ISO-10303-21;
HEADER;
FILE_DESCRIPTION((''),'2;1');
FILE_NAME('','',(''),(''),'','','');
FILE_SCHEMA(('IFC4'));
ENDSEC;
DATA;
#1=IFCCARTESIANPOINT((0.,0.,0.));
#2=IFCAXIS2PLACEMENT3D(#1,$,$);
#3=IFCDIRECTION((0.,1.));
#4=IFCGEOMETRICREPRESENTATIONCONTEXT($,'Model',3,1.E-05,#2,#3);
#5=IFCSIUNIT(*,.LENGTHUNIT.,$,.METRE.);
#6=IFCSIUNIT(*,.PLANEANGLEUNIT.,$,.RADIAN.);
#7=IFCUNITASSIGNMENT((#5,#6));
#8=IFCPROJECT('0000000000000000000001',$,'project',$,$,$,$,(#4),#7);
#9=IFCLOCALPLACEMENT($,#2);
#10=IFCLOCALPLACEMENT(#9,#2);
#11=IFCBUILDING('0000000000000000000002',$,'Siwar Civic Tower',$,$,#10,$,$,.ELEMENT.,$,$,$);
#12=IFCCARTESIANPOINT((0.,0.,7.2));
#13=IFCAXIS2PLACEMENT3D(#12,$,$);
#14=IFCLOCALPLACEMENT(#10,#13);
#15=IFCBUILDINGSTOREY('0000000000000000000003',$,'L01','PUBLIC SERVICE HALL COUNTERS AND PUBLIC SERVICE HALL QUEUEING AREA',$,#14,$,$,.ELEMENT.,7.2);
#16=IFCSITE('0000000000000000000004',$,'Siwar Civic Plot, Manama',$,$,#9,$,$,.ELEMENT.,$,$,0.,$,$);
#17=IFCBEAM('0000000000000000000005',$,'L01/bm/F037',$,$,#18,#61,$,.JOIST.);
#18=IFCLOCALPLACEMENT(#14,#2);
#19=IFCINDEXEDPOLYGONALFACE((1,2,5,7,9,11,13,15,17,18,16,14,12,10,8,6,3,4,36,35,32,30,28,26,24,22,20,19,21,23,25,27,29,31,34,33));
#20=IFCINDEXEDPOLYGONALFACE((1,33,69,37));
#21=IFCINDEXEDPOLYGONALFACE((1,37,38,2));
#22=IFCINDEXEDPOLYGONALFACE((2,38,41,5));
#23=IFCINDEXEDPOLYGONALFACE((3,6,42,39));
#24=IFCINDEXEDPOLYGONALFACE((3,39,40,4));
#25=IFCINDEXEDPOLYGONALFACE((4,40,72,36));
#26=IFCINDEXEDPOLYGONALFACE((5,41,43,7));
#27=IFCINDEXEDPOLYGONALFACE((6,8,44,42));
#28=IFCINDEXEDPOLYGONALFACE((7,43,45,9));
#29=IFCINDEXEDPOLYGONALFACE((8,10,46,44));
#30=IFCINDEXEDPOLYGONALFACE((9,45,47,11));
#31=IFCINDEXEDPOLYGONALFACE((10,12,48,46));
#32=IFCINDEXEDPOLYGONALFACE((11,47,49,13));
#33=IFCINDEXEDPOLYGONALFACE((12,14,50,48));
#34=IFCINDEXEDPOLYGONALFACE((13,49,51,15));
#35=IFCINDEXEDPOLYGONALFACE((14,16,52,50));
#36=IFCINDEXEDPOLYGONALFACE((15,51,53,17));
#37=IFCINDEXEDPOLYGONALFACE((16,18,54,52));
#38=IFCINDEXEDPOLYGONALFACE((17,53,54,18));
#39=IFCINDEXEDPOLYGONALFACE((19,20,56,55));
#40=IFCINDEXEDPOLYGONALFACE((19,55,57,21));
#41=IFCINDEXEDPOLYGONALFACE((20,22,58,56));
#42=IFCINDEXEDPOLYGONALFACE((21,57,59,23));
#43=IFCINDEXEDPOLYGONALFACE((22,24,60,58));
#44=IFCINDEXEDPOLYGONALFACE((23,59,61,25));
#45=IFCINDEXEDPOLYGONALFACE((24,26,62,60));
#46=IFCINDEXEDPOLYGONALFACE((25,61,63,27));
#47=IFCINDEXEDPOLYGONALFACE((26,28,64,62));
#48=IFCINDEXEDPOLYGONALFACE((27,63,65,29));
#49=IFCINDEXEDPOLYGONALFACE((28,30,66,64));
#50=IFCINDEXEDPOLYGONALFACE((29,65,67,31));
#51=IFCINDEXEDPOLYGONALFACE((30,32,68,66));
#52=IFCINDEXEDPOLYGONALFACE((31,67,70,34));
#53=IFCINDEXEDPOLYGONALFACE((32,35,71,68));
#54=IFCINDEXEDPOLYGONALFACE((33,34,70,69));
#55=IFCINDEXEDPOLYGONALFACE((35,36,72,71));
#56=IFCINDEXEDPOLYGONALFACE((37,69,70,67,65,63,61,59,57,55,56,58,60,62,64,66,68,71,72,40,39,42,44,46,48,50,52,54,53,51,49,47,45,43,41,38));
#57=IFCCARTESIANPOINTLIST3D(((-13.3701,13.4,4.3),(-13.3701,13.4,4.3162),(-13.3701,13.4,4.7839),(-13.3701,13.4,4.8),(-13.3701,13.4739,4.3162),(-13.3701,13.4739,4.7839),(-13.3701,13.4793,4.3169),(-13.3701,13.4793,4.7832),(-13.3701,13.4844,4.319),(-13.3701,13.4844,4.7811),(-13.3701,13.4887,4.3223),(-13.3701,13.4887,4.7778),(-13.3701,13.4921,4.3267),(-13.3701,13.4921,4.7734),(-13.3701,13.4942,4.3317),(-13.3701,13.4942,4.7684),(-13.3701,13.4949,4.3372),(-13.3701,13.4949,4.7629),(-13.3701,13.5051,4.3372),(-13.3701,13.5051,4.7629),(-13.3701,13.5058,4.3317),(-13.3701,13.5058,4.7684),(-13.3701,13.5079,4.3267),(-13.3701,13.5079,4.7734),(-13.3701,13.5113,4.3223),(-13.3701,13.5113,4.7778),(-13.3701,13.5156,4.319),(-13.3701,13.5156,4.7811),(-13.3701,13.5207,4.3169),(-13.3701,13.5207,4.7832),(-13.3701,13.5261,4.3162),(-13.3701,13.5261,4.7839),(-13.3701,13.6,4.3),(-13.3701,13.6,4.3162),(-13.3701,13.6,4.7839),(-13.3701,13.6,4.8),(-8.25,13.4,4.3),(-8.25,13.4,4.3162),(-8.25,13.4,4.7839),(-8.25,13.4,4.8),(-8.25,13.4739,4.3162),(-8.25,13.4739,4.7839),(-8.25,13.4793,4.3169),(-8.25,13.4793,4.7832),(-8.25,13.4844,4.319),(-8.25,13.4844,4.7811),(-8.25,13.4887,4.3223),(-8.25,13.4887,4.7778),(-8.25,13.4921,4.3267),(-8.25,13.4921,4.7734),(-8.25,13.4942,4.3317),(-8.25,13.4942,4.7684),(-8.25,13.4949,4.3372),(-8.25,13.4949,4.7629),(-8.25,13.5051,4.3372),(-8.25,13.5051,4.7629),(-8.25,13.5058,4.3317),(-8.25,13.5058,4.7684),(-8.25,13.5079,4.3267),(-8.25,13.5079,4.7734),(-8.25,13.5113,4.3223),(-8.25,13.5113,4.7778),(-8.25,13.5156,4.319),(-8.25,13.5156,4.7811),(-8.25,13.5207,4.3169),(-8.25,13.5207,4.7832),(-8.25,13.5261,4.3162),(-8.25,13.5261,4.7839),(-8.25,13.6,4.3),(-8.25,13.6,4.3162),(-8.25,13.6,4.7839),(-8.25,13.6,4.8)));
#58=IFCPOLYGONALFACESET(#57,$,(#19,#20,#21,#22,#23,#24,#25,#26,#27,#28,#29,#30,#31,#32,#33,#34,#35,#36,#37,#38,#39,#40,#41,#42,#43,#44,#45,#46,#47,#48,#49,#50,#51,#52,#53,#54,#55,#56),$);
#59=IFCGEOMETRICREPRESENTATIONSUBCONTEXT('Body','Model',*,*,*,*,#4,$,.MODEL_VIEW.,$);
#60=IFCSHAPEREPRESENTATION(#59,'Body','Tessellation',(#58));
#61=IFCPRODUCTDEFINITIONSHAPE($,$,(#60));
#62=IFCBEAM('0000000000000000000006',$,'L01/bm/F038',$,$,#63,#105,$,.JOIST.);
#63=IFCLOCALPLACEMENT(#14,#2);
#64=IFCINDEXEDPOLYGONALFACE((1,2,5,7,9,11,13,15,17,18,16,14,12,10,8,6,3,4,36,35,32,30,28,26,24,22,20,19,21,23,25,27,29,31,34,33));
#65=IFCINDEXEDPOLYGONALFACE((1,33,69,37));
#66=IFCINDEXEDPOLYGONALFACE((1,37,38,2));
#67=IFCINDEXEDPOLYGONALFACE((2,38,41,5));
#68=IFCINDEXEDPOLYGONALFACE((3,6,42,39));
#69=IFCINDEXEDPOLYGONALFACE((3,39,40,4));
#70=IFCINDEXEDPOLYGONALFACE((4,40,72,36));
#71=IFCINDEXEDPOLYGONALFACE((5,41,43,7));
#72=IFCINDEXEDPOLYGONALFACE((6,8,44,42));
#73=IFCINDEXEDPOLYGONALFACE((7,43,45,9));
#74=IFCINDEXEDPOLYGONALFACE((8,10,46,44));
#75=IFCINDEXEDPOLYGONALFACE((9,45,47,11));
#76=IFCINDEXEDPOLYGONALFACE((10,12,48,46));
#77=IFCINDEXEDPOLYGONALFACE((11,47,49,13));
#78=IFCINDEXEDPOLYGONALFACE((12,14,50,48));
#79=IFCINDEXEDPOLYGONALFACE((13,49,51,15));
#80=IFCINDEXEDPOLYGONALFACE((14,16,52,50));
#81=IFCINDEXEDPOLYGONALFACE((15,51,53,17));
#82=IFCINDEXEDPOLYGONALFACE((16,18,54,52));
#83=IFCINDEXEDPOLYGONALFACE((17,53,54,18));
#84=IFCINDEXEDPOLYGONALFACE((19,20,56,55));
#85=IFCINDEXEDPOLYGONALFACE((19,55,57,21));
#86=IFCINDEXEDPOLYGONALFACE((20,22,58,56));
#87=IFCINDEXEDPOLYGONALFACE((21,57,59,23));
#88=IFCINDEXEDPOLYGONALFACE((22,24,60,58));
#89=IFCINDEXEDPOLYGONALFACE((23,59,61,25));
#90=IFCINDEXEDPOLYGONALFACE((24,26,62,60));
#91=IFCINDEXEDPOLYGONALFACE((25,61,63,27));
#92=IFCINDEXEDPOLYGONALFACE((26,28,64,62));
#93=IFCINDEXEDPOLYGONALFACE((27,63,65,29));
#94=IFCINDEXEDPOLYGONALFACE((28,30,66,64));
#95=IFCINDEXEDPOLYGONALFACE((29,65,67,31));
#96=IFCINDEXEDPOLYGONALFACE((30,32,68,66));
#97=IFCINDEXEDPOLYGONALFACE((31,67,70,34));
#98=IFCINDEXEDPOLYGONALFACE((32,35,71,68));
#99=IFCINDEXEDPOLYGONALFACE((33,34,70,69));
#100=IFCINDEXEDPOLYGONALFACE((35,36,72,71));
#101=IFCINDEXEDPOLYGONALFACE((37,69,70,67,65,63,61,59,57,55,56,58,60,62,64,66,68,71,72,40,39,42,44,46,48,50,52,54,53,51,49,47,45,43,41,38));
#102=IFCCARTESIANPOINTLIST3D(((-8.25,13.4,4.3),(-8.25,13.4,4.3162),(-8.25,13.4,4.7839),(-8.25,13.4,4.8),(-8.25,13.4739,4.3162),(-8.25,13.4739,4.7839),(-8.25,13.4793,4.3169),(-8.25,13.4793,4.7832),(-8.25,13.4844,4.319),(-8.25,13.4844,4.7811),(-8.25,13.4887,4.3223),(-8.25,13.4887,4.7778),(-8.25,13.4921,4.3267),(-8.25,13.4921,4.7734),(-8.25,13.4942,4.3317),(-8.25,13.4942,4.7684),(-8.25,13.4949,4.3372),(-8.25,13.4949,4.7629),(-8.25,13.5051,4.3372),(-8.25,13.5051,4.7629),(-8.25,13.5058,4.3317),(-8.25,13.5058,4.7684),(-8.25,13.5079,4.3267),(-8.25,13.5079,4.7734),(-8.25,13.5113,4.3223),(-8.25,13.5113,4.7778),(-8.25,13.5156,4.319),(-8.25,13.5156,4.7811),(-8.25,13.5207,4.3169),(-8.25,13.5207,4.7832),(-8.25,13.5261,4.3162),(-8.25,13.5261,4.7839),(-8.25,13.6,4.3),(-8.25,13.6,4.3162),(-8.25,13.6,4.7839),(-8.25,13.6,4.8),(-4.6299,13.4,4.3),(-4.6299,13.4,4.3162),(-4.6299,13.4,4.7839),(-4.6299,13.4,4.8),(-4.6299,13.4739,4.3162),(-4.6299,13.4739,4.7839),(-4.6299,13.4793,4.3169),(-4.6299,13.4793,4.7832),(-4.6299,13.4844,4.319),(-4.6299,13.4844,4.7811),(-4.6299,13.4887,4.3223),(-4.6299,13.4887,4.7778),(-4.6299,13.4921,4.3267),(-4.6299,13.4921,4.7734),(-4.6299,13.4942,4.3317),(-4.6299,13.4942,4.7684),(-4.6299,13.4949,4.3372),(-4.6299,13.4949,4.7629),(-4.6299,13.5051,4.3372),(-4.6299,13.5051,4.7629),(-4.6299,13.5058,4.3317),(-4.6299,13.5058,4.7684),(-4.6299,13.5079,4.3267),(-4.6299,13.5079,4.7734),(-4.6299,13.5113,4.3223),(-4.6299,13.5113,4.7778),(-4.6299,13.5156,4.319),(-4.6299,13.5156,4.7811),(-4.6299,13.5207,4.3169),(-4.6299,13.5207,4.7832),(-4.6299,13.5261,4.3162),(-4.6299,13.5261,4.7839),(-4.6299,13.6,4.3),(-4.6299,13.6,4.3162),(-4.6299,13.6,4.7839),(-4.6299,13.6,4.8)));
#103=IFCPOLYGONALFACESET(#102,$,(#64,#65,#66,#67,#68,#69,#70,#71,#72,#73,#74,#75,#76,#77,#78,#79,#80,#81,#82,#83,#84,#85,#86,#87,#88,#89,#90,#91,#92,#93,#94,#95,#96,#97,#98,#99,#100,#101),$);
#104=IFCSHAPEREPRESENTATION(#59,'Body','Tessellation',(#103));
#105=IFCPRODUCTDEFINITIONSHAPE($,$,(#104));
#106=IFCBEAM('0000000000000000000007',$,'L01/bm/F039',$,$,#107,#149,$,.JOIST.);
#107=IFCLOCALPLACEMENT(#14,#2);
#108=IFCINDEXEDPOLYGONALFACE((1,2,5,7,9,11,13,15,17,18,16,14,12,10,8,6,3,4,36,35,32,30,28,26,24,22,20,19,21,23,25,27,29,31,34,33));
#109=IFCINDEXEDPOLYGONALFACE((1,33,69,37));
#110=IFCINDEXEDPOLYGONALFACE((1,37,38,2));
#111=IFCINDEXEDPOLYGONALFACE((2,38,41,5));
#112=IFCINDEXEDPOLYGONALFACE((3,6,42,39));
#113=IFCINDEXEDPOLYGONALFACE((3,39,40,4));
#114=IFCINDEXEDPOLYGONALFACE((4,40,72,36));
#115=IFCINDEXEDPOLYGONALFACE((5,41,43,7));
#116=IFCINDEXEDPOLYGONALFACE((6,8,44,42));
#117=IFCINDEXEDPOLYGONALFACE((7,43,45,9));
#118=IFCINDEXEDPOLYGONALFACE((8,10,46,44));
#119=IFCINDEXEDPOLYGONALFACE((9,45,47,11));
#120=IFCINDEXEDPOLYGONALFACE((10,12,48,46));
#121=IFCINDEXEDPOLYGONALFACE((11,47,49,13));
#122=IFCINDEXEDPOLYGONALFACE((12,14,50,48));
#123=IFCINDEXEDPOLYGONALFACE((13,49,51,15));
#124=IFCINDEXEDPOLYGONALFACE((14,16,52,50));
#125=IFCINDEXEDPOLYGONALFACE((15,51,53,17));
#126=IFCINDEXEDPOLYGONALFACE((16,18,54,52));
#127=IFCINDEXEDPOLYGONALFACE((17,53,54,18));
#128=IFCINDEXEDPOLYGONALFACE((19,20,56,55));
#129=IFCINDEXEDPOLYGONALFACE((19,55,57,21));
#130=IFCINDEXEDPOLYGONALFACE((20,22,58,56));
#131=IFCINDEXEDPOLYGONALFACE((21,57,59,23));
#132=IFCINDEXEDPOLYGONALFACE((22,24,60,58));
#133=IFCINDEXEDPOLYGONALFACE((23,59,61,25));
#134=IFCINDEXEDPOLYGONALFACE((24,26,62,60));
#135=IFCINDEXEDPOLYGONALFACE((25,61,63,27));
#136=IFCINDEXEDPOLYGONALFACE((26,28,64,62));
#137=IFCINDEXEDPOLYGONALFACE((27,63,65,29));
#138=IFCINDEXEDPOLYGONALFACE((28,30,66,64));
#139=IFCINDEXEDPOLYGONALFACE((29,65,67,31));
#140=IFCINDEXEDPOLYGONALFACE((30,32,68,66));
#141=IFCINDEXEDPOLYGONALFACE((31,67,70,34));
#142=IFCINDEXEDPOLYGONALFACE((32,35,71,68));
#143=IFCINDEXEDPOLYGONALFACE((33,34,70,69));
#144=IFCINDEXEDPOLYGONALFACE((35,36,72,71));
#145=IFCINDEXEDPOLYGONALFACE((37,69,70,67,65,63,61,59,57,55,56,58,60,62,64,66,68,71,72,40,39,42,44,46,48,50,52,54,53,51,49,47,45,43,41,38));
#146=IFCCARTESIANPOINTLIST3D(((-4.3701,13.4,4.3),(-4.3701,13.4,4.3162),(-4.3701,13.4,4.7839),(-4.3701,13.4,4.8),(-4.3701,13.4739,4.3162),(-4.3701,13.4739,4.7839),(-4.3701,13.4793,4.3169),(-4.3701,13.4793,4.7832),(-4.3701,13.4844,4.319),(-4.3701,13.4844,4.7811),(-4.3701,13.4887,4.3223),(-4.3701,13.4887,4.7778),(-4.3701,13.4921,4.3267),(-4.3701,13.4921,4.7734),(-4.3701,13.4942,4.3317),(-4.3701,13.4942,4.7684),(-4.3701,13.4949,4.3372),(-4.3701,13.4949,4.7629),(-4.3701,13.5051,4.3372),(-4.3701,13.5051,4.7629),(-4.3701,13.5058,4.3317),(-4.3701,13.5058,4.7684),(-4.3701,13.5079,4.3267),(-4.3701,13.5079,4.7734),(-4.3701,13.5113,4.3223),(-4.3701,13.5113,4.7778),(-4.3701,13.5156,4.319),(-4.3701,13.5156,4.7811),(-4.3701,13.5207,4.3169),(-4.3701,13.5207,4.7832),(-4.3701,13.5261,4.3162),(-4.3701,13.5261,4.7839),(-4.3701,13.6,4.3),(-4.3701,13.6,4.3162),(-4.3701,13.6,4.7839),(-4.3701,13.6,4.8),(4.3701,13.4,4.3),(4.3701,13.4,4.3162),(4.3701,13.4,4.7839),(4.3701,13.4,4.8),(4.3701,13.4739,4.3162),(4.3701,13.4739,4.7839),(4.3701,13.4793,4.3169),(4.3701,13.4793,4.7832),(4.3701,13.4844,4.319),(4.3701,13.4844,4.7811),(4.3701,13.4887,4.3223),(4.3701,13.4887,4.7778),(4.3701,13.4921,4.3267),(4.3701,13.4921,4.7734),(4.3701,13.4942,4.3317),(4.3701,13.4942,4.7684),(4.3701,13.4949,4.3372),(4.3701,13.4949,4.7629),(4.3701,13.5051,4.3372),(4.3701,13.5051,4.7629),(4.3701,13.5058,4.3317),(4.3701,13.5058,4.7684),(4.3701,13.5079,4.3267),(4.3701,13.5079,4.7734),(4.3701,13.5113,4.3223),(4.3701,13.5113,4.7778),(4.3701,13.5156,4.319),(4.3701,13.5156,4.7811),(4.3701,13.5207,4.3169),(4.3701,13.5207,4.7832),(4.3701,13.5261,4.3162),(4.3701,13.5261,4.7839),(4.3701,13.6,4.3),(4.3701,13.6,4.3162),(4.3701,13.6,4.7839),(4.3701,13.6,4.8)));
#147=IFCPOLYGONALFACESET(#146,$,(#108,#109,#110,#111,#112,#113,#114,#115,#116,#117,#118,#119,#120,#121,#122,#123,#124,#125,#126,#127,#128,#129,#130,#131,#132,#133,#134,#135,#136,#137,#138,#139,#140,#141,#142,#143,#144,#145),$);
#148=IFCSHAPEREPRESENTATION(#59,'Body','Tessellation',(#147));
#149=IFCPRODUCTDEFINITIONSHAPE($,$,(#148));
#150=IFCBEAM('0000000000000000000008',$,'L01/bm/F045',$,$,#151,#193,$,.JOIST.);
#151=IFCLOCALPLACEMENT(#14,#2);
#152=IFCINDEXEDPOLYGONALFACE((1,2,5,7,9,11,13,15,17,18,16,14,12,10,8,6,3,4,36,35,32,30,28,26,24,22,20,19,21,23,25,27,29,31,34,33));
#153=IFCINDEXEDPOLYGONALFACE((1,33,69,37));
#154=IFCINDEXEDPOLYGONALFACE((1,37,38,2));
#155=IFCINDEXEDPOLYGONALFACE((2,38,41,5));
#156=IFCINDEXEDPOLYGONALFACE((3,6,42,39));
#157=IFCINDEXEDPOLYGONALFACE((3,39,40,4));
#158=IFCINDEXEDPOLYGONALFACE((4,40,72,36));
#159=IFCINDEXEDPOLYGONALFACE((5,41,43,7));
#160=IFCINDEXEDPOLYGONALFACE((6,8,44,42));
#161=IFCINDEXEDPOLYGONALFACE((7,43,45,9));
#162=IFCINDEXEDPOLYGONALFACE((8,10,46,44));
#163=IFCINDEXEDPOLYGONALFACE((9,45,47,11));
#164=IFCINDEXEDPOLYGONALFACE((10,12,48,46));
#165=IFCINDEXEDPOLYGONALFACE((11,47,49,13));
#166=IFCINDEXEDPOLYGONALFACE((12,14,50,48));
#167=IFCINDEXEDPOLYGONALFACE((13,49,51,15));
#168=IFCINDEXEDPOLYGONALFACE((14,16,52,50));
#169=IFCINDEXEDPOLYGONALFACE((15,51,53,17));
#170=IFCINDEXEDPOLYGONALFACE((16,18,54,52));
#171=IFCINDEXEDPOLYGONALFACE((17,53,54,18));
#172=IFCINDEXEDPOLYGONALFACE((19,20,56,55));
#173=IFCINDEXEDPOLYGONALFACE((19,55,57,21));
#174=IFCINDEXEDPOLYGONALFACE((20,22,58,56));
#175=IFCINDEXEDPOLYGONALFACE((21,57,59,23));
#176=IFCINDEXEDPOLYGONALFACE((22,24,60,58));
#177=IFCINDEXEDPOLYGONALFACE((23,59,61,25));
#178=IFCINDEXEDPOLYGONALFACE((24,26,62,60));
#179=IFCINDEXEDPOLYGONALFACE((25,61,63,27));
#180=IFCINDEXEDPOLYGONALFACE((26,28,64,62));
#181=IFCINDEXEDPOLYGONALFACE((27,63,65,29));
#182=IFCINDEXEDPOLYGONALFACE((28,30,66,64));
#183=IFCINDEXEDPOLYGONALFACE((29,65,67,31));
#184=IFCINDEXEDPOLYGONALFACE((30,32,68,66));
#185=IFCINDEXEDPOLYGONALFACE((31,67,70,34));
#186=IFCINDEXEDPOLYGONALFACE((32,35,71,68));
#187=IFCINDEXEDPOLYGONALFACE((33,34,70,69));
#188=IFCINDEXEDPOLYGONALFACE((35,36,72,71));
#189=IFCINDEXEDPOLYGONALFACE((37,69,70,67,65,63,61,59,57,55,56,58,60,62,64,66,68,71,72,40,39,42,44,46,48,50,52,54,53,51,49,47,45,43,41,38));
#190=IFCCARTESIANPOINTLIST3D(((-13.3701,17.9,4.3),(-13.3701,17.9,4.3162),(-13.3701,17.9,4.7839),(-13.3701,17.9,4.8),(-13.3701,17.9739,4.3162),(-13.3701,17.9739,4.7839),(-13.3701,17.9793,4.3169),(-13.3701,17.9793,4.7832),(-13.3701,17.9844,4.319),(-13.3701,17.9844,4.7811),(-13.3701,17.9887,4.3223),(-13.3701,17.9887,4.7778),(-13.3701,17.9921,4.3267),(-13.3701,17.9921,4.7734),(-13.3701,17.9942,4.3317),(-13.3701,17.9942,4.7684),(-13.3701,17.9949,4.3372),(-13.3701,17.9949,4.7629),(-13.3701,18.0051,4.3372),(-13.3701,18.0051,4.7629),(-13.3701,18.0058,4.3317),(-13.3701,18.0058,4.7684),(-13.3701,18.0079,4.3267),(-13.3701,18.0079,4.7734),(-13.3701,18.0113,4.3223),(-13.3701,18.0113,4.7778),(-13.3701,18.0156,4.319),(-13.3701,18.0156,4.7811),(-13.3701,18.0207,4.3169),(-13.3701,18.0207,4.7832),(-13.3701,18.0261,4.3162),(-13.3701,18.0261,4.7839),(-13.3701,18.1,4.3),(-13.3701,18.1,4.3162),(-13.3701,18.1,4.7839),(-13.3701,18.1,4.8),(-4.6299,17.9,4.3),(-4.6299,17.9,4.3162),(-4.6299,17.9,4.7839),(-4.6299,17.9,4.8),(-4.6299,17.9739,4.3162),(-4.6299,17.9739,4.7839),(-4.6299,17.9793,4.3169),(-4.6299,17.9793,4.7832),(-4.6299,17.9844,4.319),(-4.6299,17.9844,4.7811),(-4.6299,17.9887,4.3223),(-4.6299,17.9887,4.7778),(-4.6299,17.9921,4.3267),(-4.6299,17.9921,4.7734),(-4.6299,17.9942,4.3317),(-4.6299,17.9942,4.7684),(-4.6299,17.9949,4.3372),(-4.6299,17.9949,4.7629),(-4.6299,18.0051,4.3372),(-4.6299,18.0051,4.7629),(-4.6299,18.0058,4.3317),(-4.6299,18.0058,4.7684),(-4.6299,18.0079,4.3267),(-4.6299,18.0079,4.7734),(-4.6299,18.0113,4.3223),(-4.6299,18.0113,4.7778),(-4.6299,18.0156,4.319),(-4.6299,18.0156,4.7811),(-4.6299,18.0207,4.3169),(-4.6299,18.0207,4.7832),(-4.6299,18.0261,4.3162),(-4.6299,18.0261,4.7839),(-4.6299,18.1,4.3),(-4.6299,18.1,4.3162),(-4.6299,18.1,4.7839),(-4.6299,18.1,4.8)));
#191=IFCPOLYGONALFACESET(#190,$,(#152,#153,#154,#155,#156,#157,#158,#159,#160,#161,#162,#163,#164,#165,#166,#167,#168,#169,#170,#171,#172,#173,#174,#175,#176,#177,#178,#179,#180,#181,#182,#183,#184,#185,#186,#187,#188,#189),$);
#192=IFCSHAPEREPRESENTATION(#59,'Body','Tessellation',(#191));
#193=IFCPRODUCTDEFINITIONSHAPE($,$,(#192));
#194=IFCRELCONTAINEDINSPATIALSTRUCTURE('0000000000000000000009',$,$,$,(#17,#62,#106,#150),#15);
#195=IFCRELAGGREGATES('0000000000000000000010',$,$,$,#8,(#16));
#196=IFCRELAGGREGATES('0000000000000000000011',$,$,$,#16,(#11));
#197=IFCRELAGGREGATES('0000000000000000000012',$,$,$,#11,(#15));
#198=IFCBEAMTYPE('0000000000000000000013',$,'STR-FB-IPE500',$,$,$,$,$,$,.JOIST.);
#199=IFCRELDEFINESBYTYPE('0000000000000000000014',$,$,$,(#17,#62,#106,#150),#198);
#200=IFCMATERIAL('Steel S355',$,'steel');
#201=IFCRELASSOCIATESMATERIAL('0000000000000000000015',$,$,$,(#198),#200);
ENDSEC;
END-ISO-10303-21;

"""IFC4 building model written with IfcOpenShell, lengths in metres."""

from ifc_helpers import new_model, si_unit, direction, frame, origin, origin_2d, place, context, subcontext, project, spatial, i_section, extrude, material, material_profile, profile_set, type_object, element, save


model = new_model("IFC4")

# Units and contexts
model_context = context("Model", 3, precision=1e-05, world=origin(), true_north=direction((0.0, 1.0)))
body_context = subcontext(model_context, "Body", "Model", "MODEL_VIEW")
ifc_project = project(units=[si_unit("LENGTHUNIT", "METRE"), si_unit("PLANEANGLEUNIT", "RADIAN")], contexts=[model_context])

# Site, building, storey
site_placement = place(None, origin())
site = spatial("IfcSite", under=ifc_project, at=site_placement, Name="Siwar Civic Plot, Manama", CompositionType="ELEMENT", RefElevation=0.0)
building_placement = place(site_placement, origin())
building = spatial("IfcBuilding", under=site, at=building_placement, Name="Siwar Civic Tower", CompositionType="ELEMENT")
storey_placement = place(building_placement, frame((0.0, 0.0, 7.2)))
storey = spatial("IfcBuildingStorey", under=building, at=storey_placement, Name="L01", Description="PUBLIC SERVICE HALL COUNTERS AND PUBLIC SERVICE HALL QUEUEING AREA", CompositionType="ELEMENT", Elevation=7.2)

# Beams
ifc_material_1 = material(Name="Steel S355", Category="steel")
ifc_material_profile_1 = material_profile(ifc_material_1, i_section(OverallWidth=0.2, OverallDepth=0.5, WebThickness=0.0103, FlangeThickness=0.0161, FilletRadius=0.021, at=origin_2d()), Name="IPE500")
ifc_profile_set_1 = profile_set([ifc_material_profile_1], Name="Steel S355")
beam_type_1 = type_object("IfcBeamType", Name="STR-FB-IPE500", PredefinedType="JOIST", material=ifc_profile_set_1)
beam_1_placement = place(storey_placement, frame((-13.3701, 13.5, 4.55), z_axis=(1.0, 0.0, 0.0), x_axis=(0.0, 1.0, 0.0)))
element("IfcBeam", 1, at=beam_1_placement, inside=storey, type_object=beam_type_1, Name="L01/bm/F037", PredefinedType="JOIST", context=body_context, shape_type="SweptSolid", body=[
    extrude(i_section(OverallWidth=0.2, OverallDepth=0.5, WebThickness=0.0103, FlangeThickness=0.0161, FilletRadius=0.021, at=origin_2d()), origin(), (0.0, 0.0, 1.0), 5.1201),
])
beam_2_placement = place(storey_placement, frame((-8.25, 13.5, 4.55), z_axis=(1.0, 0.0, 0.0), x_axis=(0.0, 1.0, 0.0)))
element("IfcBeam", 2, at=beam_2_placement, inside=storey, type_object=beam_type_1, Name="L01/bm/F038", PredefinedType="JOIST", context=body_context, shape_type="SweptSolid", body=[
    extrude(i_section(OverallWidth=0.2, OverallDepth=0.5, WebThickness=0.0103, FlangeThickness=0.0161, FilletRadius=0.021, at=origin_2d()), origin(), (0.0, 0.0, 1.0), 3.6201),
])
for number, where, z_axis, x_axis, name in (
    (3, (-4.3701, 13.5, 4.55), (1.0, 0.0, 0.0), (0.0, 1.0, 0.0), "L01/bm/F039"),
    (4, (-13.3701, 18.0, 4.55), (1.0, 0.0, 0.0), (0.0, 1.0, 0.0), "L01/bm/F045"),
):
    element("IfcBeam", number, at=place(storey_placement, frame(where, z_axis=z_axis, x_axis=x_axis)), inside=storey, type_object=beam_type_1, Name=name, PredefinedType="JOIST", context=body_context, shape_type="SweptSolid", body=[
        extrude(i_section(OverallWidth=0.2, OverallDepth=0.5, WebThickness=0.0103, FlangeThickness=0.0161, FilletRadius=0.021, at=origin_2d()), origin(), (0.0, 0.0, 1.0), 8.7402),
    ])

save(model, "model.ifc")
